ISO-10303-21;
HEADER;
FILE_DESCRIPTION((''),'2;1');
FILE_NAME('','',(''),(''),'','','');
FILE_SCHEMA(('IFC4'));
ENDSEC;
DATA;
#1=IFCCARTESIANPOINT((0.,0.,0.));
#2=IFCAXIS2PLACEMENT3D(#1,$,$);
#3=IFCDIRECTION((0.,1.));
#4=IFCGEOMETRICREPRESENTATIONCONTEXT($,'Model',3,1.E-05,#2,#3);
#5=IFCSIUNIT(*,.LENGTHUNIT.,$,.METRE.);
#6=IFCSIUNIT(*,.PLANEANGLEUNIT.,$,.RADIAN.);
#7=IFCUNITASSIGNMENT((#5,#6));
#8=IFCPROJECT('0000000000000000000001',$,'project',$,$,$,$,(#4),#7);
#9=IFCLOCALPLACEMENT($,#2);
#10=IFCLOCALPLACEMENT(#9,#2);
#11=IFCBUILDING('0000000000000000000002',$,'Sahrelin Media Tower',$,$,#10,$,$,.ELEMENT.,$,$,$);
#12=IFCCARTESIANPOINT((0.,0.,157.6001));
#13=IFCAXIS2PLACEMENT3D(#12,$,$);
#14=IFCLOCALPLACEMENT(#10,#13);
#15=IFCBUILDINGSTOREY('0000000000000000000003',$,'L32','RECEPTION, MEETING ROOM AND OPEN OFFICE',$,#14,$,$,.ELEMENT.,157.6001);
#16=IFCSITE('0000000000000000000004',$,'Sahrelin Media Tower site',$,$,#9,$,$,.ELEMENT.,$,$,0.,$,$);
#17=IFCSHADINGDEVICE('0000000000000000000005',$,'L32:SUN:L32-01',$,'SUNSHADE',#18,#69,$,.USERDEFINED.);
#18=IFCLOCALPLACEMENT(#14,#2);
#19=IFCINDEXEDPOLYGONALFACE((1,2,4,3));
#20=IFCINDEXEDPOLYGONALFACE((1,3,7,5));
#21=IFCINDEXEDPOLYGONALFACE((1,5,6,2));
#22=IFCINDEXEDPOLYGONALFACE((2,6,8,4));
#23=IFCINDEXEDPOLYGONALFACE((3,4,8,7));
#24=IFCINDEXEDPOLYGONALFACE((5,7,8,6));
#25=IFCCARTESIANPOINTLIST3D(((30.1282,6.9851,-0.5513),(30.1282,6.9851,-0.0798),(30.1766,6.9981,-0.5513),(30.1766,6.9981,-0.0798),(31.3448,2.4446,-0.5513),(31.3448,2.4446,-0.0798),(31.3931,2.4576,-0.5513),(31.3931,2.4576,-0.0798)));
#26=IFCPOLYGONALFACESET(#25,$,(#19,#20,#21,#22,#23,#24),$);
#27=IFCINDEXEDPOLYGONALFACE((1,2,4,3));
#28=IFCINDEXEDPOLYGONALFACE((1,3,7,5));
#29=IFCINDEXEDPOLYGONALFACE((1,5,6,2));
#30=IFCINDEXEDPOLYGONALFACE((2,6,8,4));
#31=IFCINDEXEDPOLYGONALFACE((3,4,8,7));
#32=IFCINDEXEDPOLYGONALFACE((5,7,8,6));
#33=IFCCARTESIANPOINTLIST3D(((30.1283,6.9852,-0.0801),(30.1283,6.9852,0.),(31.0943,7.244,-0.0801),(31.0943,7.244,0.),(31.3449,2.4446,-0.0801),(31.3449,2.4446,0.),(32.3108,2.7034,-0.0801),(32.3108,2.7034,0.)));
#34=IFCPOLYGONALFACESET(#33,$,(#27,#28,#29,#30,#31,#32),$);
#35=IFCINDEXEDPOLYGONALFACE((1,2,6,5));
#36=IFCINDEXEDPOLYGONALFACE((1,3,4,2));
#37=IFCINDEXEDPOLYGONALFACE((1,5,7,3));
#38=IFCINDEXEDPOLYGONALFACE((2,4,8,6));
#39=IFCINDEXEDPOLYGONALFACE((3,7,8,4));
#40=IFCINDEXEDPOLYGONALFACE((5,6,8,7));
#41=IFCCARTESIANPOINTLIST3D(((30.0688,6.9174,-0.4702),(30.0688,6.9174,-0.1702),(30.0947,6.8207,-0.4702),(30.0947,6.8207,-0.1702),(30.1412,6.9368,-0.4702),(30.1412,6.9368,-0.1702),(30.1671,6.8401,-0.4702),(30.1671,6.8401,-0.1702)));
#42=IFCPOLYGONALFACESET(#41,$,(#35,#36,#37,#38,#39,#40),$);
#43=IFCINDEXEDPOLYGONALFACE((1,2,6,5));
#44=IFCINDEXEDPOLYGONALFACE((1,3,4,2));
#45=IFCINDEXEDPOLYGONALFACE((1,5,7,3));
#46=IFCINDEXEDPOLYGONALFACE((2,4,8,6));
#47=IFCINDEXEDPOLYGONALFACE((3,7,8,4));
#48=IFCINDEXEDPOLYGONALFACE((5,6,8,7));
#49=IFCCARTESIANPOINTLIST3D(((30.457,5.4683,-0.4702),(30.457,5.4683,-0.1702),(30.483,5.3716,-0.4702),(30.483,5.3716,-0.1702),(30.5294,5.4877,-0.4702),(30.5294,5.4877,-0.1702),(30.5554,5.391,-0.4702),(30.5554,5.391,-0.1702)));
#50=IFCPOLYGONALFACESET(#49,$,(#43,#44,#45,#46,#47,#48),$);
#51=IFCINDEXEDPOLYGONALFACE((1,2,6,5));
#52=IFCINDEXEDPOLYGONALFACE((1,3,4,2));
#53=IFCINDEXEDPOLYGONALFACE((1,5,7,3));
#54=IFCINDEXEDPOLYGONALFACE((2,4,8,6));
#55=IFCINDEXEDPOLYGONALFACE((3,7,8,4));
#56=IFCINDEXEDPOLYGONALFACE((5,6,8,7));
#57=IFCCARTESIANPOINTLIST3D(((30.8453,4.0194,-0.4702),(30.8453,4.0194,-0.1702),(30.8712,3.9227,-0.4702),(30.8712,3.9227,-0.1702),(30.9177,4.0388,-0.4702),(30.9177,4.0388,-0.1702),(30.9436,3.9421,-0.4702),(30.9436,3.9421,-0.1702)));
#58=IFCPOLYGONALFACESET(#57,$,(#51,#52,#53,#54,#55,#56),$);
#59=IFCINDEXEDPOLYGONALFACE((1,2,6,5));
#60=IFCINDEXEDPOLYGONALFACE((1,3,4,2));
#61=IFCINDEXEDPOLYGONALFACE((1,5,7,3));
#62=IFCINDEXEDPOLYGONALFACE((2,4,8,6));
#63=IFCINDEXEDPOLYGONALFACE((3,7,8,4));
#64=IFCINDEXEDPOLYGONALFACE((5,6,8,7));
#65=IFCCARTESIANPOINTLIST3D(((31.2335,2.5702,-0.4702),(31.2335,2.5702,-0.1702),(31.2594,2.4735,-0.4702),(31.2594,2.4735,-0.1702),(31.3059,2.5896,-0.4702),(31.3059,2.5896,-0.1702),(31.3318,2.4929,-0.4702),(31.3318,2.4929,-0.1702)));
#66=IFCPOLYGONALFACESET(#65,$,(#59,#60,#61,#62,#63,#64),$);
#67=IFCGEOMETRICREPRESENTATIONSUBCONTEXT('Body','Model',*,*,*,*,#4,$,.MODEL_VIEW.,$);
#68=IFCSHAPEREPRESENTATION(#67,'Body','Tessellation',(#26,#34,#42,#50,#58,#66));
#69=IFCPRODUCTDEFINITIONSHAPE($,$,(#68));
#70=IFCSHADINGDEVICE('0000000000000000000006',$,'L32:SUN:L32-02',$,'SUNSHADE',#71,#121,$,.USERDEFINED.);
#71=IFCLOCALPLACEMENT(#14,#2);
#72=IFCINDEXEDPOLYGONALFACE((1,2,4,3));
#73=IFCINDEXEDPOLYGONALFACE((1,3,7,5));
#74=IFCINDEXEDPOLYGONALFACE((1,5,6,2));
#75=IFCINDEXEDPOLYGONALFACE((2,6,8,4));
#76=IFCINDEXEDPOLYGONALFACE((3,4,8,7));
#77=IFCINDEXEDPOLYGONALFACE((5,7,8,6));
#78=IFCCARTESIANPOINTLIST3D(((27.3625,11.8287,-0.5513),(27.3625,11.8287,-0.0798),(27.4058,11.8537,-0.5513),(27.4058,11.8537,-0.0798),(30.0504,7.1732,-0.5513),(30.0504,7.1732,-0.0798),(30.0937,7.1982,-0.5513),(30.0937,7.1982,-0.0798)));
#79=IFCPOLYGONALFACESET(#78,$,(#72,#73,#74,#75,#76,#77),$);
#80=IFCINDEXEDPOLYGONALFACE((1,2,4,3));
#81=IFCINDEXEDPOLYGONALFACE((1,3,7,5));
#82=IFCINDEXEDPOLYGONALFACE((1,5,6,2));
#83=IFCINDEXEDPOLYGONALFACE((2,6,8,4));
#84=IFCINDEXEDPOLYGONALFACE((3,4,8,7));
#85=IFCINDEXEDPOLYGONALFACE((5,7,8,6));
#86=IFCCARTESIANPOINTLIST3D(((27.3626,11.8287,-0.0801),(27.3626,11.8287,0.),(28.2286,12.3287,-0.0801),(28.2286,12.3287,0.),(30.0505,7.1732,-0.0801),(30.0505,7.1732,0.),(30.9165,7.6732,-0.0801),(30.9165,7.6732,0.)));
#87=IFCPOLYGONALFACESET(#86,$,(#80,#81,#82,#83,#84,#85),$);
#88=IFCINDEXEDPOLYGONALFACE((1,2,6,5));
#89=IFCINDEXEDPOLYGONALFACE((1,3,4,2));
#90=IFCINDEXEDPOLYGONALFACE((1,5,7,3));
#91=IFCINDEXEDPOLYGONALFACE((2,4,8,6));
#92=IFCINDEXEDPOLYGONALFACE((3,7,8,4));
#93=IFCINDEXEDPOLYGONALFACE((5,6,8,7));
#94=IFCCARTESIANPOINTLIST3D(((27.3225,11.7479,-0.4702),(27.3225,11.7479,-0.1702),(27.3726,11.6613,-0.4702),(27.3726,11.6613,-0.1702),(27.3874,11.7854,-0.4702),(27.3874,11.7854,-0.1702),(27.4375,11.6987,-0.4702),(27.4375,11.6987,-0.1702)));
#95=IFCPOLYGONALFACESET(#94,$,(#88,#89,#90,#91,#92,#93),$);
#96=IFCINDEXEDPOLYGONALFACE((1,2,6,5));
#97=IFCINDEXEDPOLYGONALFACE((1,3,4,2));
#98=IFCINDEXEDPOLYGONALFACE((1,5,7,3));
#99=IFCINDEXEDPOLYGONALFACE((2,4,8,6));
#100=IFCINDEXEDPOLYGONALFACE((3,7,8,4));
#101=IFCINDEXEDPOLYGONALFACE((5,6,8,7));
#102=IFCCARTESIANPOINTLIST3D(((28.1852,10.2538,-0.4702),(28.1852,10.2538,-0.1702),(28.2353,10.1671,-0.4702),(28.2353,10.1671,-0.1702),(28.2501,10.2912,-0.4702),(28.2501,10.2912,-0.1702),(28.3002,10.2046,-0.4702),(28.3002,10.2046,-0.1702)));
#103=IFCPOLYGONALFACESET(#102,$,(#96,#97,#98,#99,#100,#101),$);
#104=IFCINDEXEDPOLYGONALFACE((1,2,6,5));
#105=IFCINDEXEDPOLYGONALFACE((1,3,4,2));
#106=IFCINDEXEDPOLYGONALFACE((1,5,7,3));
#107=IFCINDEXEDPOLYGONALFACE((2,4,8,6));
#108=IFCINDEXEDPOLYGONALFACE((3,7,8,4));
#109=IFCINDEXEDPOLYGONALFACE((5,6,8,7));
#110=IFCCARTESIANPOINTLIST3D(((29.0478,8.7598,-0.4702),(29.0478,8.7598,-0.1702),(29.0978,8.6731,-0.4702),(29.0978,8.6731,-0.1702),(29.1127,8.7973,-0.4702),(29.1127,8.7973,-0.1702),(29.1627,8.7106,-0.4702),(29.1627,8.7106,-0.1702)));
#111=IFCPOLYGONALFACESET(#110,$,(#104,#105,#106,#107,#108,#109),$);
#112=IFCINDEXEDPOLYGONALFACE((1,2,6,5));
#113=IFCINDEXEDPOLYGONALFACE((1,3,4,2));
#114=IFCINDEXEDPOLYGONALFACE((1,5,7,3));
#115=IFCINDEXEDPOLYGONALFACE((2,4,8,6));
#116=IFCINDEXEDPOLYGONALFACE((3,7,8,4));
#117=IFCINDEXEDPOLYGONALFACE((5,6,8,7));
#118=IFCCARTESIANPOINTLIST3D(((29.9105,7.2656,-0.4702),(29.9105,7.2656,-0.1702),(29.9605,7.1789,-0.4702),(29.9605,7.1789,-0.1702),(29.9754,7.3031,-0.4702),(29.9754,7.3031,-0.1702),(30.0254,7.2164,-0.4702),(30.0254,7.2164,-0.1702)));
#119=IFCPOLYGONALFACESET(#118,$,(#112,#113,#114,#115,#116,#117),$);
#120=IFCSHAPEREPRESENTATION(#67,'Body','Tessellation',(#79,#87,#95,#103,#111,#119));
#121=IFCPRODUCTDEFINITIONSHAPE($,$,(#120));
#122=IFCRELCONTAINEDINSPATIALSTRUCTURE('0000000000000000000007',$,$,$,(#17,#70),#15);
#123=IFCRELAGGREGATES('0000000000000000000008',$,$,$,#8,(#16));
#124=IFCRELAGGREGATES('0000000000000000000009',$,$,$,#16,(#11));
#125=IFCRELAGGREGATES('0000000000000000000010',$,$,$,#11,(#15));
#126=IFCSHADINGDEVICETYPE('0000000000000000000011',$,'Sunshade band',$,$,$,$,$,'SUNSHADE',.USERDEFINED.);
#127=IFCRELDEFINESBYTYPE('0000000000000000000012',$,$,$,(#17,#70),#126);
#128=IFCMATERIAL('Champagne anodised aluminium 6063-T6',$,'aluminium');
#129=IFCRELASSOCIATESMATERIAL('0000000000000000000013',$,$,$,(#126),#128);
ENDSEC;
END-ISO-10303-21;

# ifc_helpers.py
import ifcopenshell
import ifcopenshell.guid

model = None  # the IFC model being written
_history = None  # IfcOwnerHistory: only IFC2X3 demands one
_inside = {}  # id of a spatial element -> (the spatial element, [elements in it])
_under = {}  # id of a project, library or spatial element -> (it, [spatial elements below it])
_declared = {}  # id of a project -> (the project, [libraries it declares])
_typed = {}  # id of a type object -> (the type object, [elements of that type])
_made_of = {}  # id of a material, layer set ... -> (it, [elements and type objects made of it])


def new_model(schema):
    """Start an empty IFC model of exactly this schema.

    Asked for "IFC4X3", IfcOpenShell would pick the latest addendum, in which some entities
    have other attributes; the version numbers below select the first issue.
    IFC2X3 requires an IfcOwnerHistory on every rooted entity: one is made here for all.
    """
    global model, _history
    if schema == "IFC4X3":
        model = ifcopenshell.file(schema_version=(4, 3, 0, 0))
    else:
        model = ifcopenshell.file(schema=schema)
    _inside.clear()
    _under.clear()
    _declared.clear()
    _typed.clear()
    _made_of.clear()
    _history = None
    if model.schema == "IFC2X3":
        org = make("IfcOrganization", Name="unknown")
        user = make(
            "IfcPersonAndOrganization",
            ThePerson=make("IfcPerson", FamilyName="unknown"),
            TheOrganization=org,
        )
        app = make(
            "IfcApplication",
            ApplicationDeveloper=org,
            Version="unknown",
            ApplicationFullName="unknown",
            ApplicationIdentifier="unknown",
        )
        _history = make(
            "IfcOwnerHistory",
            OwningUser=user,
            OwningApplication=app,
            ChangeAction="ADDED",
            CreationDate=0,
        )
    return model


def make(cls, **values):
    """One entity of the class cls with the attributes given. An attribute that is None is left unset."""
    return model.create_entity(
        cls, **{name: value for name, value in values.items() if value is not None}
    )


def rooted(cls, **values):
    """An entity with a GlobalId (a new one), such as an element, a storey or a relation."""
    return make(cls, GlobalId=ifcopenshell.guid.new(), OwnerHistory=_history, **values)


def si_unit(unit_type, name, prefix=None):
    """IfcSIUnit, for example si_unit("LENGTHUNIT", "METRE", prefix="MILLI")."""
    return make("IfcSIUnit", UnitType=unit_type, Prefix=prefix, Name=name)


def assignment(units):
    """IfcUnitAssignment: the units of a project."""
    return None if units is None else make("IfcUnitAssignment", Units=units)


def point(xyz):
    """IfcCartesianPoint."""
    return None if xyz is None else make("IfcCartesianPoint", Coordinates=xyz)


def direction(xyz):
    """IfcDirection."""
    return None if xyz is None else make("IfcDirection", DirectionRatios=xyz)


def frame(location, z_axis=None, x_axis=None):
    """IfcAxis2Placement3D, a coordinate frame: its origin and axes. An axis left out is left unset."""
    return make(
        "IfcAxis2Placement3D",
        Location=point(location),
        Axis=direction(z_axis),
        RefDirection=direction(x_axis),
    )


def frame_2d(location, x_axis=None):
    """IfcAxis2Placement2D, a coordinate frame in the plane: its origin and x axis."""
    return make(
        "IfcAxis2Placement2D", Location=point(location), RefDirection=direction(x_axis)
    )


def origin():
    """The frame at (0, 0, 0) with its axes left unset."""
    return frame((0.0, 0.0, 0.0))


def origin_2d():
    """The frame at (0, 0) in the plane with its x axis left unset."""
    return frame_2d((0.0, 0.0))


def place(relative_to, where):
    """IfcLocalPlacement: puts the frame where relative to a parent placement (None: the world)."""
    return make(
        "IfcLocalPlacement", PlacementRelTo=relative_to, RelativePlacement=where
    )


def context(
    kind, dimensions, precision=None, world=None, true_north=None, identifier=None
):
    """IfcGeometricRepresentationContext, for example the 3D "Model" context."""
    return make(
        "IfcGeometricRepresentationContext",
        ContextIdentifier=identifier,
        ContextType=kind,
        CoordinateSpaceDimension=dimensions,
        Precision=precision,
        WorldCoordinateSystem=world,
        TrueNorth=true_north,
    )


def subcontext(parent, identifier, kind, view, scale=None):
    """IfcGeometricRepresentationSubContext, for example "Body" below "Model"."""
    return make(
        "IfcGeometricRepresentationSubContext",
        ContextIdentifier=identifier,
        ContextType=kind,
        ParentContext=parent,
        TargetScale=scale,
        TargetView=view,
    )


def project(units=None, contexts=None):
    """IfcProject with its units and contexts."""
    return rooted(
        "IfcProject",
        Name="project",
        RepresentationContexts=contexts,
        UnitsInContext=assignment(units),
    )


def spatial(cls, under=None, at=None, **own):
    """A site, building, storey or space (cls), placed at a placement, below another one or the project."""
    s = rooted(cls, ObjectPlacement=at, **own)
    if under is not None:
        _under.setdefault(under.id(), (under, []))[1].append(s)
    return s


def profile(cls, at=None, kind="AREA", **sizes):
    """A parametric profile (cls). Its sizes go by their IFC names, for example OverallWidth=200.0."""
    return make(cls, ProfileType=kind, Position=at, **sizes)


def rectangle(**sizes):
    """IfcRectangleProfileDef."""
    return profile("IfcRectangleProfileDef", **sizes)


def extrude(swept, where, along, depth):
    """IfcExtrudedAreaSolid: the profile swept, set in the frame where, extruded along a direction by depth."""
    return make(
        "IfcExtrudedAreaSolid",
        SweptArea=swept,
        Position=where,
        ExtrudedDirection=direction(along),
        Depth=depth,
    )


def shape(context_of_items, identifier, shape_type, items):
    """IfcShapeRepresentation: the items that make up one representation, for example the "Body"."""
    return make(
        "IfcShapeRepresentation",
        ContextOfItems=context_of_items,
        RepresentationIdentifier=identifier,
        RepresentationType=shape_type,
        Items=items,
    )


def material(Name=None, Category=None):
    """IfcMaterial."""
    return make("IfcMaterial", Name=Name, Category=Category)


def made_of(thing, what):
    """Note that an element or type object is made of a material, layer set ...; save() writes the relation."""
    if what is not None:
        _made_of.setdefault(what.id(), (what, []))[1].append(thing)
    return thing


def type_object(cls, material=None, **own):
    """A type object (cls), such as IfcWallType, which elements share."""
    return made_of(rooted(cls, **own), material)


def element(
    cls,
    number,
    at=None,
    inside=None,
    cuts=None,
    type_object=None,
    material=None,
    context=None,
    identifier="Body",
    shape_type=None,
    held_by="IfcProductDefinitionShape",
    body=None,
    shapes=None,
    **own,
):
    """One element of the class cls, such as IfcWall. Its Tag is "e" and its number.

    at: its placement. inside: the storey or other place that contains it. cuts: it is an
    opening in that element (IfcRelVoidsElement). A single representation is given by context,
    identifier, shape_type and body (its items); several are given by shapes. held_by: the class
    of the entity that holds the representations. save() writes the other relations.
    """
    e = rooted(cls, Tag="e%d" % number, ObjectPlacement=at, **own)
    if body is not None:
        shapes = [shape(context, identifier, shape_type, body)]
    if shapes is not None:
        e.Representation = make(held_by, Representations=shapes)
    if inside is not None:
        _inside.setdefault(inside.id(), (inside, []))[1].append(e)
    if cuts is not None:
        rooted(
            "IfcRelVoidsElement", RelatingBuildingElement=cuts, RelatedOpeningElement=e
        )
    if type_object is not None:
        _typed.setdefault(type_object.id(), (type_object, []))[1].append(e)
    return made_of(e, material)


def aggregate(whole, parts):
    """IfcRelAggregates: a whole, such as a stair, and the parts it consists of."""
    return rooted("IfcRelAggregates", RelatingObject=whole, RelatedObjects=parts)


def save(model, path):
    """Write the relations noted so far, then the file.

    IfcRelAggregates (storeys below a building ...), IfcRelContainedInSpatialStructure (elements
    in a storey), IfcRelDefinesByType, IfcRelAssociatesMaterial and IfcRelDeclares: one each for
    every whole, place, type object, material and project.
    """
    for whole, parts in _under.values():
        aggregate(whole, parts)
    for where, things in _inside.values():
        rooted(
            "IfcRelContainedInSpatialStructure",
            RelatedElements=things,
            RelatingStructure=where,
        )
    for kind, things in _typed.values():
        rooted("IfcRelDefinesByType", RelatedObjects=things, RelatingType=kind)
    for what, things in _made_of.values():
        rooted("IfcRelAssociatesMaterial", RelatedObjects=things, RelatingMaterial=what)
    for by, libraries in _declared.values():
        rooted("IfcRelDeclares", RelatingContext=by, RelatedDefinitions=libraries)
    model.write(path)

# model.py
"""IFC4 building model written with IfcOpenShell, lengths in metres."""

from ifc_helpers import new_model, si_unit, direction, frame, origin, origin_2d, place, context, subcontext, project, spatial, rectangle, extrude, material, type_object, element, save


model = new_model("IFC4")

# Units and contexts
model_context = context("Model", 3, precision=1e-05, world=origin(), true_north=direction((0.0, 1.0)))
body_context = subcontext(model_context, "Body", "Model", "MODEL_VIEW")
ifc_project = project(units=[si_unit("LENGTHUNIT", "METRE"), si_unit("PLANEANGLEUNIT", "RADIAN")], contexts=[model_context])

# Site, building, storey
site_placement = place(None, origin())
site = spatial("IfcSite", under=ifc_project, at=site_placement, Name="Sahrelin Media Tower site", CompositionType="ELEMENT", RefElevation=0.0)
building_placement = place(site_placement, origin())
building = spatial("IfcBuilding", under=site, at=building_placement, Name="Sahrelin Media Tower", CompositionType="ELEMENT")
storey_placement = place(building_placement, frame((0.0, 0.0, 157.6001)))
storey = spatial("IfcBuildingStorey", under=building, at=storey_placement, Name="L32", Description="RECEPTION, MEETING ROOM AND OPEN OFFICE", CompositionType="ELEMENT", Elevation=157.6001)

# Shared definitions
ifc_material_1 = material(Name="Champagne anodised aluminium 6063-T6", Category="aluminium")

# Shading devices
placement_1 = place(storey_placement, frame((30.7173, 4.7097, 0.0), z_axis=(0.0, 0.0, 1.0), x_axis=(0.258808, -0.965929, 0.0)))
placement_2 = place(storey_placement, frame((28.6892, 9.491, 0.0), z_axis=(0.0, 0.0, 1.0), x_axis=(0.500011, -0.866019, 0.0)))
shading_device_type_1 = type_object("IfcShadingDeviceType", Name="Sunshade band", ElementType="SUNSHADE", PredefinedType="USERDEFINED", material=ifc_material_1)
element("IfcShadingDevice", 1, at=placement_1, inside=storey, type_object=shading_device_type_1, Name="L32:SUN:L32-01", ObjectType="SUNSHADE", PredefinedType="USERDEFINED", context=body_context, shape_type="SweptSolid", body=[
    extrude(rectangle(XDim=4.7007, YDim=0.05, at=origin_2d()), frame((0.0, 0.0449, -0.5513)), (0.0, 0.0, 1.0), 0.4714),
    extrude(rectangle(XDim=4.7007, YDim=1.0, at=origin_2d()), frame((0.0, 0.52, -0.0801)), (0.0, 0.0, 1.0), 0.0801),
    extrude(rectangle(XDim=0.1001, YDim=0.075, at=origin_2d()), frame((-2.2502, -0.0176, -0.4702)), (0.0, 0.0, 1.0), 0.3),
    extrude(rectangle(XDim=0.1001, YDim=0.075, at=origin_2d()), frame((-0.75, -0.0176, -0.4702)), (0.0, 0.0, 1.0), 0.3),
    extrude(rectangle(XDim=0.1001, YDim=0.075, at=origin_2d()), frame((0.75, -0.0176, -0.4702)), (0.0, 0.0, 1.0), 0.3),
    extrude(rectangle(XDim=0.1001, YDim=0.075, at=origin_2d()), frame((2.2502, -0.0176, -0.4702)), (0.0, 0.0, 1.0), 0.3),
])
element("IfcShadingDevice", 2, at=placement_2, inside=storey, type_object=shading_device_type_1, Name="L32:SUN:L32-02", ObjectType="SUNSHADE", PredefinedType="USERDEFINED", context=body_context, shape_type="SweptSolid", body=[
    extrude(rectangle(XDim=5.3757, YDim=0.05, at=origin_2d()), frame((0.0, 0.0449, -0.5513)), (0.0, 0.0, 1.0), 0.4714),
    extrude(rectangle(XDim=5.3757, YDim=1.0, at=origin_2d()), frame((0.0, 0.52, -0.0801)), (0.0, 0.0, 1.0), 0.0801),
    extrude(rectangle(XDim=0.1001, YDim=0.075, at=origin_2d()), frame((-2.5879, -0.0176, -0.4702)), (0.0, 0.0, 1.0), 0.3),
    extrude(rectangle(XDim=0.1001, YDim=0.075, at=origin_2d()), frame((-0.8625, -0.0176, -0.4702)), (0.0, 0.0, 1.0), 0.3),
    extrude(rectangle(XDim=0.1001, YDim=0.075, at=origin_2d()), frame((0.8625, -0.0176, -0.4702)), (0.0, 0.0, 1.0), 0.3),
    extrude(rectangle(XDim=0.1001, YDim=0.075, at=origin_2d()), frame((2.5879, -0.0176, -0.4702)), (0.0, 0.0, 1.0), 0.3),
])

save(model, "model.ifc")
